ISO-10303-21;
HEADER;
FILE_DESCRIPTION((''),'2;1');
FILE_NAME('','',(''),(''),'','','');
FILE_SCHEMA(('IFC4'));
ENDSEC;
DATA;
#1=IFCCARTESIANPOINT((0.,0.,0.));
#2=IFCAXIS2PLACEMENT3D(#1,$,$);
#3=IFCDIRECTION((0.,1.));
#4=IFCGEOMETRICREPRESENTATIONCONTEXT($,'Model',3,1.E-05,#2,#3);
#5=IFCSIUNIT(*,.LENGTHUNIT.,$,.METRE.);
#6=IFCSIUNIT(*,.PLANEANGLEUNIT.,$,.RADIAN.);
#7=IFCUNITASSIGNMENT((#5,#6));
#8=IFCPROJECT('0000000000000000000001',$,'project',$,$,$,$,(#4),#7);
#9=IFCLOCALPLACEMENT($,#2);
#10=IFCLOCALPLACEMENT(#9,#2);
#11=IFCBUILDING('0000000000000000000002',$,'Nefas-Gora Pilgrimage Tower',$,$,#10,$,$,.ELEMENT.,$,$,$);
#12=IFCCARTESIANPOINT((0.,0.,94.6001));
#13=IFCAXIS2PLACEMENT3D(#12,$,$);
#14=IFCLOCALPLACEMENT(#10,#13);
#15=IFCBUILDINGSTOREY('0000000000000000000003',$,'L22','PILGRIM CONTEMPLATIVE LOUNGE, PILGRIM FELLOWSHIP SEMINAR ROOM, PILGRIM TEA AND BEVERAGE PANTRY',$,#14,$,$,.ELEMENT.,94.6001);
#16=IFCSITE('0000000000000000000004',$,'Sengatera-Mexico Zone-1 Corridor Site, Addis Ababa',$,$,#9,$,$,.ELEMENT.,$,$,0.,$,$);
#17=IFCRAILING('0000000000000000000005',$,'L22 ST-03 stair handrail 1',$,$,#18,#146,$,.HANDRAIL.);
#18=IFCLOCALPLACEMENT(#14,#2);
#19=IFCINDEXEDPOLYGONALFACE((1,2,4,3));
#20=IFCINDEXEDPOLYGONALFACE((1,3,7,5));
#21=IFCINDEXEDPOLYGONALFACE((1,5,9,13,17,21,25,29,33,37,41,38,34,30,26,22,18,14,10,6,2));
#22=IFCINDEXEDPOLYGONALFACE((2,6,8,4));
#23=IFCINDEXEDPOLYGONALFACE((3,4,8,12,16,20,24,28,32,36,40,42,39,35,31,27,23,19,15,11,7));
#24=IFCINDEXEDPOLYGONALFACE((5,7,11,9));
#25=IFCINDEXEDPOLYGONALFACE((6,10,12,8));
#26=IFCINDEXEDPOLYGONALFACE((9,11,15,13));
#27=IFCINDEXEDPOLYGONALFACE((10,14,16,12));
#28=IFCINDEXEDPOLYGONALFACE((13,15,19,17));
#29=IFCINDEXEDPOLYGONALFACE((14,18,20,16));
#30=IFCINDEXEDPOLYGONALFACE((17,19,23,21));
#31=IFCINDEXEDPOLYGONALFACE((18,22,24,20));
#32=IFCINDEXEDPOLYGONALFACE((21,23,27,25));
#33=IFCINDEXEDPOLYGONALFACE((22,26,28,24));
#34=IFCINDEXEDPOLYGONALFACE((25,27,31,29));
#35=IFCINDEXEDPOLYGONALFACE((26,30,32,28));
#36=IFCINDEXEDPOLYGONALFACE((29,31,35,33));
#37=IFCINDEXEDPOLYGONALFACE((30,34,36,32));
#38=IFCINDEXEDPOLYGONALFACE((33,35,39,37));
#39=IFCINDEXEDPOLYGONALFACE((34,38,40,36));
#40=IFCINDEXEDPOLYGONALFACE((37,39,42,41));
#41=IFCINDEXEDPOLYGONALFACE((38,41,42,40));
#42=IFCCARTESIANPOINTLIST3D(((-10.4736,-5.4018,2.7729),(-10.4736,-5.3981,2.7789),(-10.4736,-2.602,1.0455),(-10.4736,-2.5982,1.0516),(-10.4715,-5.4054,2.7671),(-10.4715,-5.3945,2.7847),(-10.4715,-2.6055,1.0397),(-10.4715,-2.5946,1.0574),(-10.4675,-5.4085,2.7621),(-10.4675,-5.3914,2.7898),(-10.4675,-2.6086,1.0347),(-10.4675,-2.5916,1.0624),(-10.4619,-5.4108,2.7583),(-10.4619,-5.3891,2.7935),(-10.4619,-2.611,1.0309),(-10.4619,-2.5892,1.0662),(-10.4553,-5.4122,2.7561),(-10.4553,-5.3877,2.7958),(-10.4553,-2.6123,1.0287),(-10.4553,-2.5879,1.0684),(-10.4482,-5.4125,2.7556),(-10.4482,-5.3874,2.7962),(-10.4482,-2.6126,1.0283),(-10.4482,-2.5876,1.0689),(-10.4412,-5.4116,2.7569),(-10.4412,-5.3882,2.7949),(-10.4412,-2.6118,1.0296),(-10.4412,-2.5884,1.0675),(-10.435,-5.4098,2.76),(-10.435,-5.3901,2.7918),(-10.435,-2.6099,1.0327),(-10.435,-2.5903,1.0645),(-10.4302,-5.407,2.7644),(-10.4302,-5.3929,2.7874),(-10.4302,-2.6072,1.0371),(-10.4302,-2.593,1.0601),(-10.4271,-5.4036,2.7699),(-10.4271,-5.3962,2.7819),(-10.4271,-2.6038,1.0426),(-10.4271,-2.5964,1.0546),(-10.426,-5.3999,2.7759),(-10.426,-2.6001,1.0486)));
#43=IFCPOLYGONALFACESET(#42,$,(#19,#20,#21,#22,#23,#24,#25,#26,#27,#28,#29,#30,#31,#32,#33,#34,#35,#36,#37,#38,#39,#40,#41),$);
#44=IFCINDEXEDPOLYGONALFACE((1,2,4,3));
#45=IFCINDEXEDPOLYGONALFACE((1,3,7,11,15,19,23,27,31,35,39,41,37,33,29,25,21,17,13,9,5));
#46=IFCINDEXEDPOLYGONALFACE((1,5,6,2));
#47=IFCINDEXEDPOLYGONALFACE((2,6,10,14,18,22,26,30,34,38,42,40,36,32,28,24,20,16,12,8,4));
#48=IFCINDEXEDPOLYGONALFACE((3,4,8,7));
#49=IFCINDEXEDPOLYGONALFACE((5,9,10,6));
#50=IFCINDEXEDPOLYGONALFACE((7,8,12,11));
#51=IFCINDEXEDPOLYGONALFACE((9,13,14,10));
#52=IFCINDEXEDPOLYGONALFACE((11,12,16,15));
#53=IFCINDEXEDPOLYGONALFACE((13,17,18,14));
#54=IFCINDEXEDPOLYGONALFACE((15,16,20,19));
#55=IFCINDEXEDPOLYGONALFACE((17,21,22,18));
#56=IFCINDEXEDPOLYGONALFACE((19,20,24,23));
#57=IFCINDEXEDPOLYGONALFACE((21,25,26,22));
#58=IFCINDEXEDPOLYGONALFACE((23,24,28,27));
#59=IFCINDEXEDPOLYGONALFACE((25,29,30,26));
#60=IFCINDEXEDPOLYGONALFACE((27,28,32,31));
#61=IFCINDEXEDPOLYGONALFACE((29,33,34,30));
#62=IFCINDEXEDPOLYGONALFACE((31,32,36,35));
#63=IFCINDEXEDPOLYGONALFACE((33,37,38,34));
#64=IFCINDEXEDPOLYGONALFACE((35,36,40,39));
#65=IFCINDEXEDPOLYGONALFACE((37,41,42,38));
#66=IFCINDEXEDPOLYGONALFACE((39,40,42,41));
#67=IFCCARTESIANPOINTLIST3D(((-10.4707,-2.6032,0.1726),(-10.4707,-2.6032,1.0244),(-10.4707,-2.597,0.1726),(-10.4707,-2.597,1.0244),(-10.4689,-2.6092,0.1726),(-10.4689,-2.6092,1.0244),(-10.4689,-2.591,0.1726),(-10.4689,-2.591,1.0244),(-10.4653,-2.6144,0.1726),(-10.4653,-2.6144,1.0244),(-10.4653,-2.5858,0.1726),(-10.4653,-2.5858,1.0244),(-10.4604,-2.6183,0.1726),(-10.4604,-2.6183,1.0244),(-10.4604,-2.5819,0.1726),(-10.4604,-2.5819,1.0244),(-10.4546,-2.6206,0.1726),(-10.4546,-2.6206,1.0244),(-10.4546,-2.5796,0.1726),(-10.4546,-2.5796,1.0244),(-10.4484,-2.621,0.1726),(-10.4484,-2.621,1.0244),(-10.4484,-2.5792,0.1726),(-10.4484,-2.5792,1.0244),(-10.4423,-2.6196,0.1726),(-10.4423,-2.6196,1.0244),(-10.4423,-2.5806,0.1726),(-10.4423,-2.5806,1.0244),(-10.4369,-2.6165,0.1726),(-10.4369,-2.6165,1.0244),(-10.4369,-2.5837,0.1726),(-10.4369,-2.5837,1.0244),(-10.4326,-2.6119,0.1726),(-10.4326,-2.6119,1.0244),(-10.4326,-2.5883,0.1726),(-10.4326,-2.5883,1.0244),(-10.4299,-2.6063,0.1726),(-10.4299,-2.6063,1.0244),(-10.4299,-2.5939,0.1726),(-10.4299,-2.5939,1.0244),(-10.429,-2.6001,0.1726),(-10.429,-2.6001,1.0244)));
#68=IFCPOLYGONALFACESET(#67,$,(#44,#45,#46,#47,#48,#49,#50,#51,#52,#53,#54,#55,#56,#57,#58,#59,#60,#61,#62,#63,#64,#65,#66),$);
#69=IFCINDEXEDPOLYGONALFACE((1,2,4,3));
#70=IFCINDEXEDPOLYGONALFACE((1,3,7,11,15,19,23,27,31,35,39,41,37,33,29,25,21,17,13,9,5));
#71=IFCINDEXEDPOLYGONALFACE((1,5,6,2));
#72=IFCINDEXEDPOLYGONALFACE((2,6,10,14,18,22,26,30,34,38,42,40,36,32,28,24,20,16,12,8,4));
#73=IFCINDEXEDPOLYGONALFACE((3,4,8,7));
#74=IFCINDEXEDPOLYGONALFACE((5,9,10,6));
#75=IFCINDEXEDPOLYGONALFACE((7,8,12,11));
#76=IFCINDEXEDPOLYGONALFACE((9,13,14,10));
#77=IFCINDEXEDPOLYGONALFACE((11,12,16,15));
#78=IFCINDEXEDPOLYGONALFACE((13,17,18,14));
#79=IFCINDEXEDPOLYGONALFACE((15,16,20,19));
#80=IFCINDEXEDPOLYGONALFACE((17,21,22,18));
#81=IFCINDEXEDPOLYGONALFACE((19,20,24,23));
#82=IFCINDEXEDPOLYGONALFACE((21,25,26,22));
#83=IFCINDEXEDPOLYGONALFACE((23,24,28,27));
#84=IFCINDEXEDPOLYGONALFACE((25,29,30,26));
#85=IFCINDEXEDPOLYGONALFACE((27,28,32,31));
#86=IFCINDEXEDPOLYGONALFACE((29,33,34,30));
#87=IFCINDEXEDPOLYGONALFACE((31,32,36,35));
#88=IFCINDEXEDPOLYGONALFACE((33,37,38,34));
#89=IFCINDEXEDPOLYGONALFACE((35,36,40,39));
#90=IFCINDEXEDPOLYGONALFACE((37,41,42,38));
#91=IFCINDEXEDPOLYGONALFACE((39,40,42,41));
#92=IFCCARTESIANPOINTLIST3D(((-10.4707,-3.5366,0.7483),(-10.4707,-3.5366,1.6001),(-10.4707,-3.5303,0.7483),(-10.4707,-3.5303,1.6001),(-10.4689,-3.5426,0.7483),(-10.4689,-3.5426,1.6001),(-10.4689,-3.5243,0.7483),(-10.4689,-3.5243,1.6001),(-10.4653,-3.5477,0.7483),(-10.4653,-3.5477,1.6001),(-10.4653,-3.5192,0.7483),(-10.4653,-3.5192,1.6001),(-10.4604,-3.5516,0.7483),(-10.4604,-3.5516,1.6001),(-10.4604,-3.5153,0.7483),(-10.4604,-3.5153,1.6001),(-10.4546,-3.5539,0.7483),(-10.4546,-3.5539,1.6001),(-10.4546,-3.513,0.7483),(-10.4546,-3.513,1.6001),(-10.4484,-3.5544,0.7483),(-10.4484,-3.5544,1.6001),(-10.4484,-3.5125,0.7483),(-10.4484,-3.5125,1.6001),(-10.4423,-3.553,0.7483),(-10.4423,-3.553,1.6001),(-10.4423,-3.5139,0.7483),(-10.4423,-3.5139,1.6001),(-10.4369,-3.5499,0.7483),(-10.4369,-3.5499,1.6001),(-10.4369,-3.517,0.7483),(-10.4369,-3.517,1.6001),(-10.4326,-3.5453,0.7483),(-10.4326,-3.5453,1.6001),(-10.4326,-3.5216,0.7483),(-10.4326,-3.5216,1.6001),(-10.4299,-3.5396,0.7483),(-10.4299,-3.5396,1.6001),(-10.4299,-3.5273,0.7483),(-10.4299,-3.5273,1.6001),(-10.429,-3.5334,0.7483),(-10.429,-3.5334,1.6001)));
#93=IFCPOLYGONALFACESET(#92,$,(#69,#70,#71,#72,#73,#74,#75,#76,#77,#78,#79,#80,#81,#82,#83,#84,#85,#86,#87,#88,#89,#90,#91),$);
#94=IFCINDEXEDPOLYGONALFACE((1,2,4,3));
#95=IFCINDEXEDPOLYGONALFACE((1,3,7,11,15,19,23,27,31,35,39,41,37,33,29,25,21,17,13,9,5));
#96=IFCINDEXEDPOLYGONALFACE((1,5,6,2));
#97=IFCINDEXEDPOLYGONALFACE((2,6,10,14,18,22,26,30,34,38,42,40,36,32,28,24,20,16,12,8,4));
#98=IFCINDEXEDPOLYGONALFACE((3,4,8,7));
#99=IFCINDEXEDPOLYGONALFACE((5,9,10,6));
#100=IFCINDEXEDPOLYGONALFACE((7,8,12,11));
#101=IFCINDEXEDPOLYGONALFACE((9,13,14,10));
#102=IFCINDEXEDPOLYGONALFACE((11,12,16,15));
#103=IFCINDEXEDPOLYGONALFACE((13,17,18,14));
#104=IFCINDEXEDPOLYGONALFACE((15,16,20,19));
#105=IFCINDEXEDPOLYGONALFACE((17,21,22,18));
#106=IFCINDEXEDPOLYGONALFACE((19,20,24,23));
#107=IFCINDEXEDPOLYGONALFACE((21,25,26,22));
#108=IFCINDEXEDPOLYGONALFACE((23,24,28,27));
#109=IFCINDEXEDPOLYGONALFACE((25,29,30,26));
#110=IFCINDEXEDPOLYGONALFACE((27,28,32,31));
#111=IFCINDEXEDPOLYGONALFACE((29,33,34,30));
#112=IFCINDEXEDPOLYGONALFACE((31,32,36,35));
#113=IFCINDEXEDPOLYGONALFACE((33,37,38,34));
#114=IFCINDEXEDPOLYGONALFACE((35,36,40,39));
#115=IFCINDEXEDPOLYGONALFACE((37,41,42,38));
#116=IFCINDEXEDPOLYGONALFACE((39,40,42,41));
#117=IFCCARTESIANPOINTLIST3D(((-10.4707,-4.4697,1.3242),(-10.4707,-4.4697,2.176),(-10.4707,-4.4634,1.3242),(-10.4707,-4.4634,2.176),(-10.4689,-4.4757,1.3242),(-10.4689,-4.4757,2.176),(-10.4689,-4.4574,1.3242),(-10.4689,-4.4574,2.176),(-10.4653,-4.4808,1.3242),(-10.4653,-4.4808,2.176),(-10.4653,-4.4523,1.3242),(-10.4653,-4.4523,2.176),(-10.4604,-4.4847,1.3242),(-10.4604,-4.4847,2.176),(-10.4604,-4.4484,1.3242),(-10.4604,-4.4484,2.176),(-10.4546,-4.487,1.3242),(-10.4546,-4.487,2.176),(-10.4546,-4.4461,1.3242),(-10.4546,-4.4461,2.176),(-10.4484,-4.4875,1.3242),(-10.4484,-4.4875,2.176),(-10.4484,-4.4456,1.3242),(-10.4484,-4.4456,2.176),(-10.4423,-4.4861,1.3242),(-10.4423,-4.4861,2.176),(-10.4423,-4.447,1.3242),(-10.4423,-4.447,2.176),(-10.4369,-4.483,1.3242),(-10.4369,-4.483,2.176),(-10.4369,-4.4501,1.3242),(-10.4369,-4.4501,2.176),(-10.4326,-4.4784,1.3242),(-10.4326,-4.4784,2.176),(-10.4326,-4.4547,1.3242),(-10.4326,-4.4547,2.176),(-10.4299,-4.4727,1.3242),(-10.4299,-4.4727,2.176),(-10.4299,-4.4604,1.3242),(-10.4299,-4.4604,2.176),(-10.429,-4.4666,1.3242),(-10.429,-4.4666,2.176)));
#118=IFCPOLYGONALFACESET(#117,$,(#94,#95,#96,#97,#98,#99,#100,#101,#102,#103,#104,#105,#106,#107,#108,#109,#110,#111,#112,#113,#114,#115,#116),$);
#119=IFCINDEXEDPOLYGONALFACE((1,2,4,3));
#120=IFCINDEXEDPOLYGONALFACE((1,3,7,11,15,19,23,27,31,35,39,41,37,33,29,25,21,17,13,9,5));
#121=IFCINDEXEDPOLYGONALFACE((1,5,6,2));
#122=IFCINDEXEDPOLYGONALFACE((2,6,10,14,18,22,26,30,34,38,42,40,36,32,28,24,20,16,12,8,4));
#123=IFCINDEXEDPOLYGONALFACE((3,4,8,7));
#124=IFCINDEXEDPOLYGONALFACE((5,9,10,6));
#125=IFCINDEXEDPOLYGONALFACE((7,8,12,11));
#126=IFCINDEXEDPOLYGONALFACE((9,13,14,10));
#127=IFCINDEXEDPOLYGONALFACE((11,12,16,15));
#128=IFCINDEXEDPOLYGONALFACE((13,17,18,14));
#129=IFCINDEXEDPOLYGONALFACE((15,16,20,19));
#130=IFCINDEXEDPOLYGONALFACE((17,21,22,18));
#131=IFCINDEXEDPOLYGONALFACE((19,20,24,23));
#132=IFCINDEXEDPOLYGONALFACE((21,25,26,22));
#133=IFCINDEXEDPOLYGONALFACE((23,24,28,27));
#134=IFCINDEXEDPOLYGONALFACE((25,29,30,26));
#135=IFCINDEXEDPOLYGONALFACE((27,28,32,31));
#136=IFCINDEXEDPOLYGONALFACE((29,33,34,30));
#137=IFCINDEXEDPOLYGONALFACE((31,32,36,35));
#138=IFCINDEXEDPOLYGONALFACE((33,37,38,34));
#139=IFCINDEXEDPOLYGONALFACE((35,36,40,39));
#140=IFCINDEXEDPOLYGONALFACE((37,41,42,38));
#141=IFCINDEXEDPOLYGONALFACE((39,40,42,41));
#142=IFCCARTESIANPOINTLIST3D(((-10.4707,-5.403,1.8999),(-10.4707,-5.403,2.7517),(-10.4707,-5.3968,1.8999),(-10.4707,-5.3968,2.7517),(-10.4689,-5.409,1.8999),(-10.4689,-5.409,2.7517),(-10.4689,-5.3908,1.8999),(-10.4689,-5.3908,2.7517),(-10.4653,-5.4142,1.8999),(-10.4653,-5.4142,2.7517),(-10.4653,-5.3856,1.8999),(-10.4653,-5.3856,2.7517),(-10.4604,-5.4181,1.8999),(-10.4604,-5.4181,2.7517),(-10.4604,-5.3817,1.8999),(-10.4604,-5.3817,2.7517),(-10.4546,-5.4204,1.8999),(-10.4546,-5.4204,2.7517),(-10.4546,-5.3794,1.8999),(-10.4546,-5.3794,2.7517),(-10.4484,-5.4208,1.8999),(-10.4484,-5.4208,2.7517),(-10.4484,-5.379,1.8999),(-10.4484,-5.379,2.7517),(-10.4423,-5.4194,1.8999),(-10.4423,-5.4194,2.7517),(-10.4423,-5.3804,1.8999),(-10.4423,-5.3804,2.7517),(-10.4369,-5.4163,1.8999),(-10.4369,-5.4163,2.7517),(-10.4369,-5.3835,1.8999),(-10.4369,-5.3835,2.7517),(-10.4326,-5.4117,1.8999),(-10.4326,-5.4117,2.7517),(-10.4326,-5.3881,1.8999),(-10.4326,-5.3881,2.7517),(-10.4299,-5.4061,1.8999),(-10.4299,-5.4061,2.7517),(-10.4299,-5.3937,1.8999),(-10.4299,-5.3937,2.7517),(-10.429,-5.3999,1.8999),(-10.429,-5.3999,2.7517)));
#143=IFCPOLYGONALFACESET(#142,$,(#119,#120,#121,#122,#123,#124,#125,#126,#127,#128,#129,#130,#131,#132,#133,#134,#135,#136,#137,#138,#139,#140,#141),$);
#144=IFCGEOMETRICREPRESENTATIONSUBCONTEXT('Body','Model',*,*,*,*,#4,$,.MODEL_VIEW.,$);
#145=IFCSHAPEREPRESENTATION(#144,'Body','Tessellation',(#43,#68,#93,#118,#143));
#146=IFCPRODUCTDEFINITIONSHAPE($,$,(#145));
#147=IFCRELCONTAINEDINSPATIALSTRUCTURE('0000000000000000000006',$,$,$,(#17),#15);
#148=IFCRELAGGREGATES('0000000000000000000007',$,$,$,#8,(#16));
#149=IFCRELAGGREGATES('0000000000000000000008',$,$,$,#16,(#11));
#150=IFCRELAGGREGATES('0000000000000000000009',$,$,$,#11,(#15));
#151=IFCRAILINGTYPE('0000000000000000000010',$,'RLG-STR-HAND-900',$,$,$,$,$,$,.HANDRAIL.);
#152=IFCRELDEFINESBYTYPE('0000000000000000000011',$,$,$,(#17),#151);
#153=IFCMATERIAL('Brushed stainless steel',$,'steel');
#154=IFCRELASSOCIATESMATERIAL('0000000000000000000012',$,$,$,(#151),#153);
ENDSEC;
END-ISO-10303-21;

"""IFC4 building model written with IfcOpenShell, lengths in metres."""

from ifc_helpers import new_model, si_unit, direction, frame, origin, origin_2d, place, context, subcontext, project, spatial, circle, extrude, material, type_object, element, save


model = new_model("IFC4")

# Units and contexts
model_context = context("Model", 3, precision=1e-05, world=origin(), true_north=direction((0.0, 1.0)))
body_context = subcontext(model_context, "Body", "Model", "MODEL_VIEW")
ifc_project = project(units=[si_unit("LENGTHUNIT", "METRE"), si_unit("PLANEANGLEUNIT", "RADIAN")], contexts=[model_context])

# Site, building, storey
site_placement = place(None, origin())
site = spatial("IfcSite", under=ifc_project, at=site_placement, Name="Sengatera-Mexico Zone-1 Corridor Site, Addis Ababa", CompositionType="ELEMENT", RefElevation=0.0)
building_placement = place(site_placement, origin())
building = spatial("IfcBuilding", under=site, at=building_placement, Name="Nefas-Gora Pilgrimage Tower", CompositionType="ELEMENT")
storey_placement = place(building_placement, frame((0.0, 0.0, 94.6001)))
storey = spatial("IfcBuildingStorey", under=building, at=storey_placement, Name="L22", Description="PILGRIM CONTEMPLATIVE LOUNGE, PILGRIM FELLOWSHIP SEMINAR ROOM, PILGRIM TEA AND BEVERAGE PANTRY", CompositionType="ELEMENT", Elevation=94.6001)

# Railing
ifc_material_1 = material(Name="Brushed stainless steel", Category="steel")
railing_type_1 = type_object("IfcRailingType", Name="RLG-STR-HAND-900", PredefinedType="HANDRAIL", material=ifc_material_1)
railing_1_placement = place(storey_placement, frame((-10.45, -2.6001, 0.1726)))
element("IfcRailing", 1, at=railing_1_placement, inside=storey, type_object=railing_type_1, Name="L22 ST-03 stair handrail 1", PredefinedType="HANDRAIL", context=body_context, shape_type="SweptSolid", body=[
    extrude(circle(Radius=0.0239, at=origin_2d()), frame((0.0, 0.0, 0.876), z_axis=(0.0, -0.851069, 0.525054), x_axis=(1.0, 0.0, 0.0)), (0.0, 0.0, 1.0), 3.2898),
    extrude(circle(Radius=0.021, at=origin_2d()), origin(), (0.0, 0.0, 1.0), 0.8518),
    extrude(circle(Radius=0.021, at=origin_2d()), frame((0.0, -0.9333, 0.5757)), (0.0, 0.0, 1.0), 0.8518),
    extrude(circle(Radius=0.021, at=origin_2d()), frame((0.0, -1.8665, 1.1516)), (0.0, 0.0, 1.0), 0.8518),
    extrude(circle(Radius=0.021, at=origin_2d()), frame((0.0, -2.7998, 1.7273)), (0.0, 0.0, 1.0), 0.8518),
])

save(model, "model.ifc")
